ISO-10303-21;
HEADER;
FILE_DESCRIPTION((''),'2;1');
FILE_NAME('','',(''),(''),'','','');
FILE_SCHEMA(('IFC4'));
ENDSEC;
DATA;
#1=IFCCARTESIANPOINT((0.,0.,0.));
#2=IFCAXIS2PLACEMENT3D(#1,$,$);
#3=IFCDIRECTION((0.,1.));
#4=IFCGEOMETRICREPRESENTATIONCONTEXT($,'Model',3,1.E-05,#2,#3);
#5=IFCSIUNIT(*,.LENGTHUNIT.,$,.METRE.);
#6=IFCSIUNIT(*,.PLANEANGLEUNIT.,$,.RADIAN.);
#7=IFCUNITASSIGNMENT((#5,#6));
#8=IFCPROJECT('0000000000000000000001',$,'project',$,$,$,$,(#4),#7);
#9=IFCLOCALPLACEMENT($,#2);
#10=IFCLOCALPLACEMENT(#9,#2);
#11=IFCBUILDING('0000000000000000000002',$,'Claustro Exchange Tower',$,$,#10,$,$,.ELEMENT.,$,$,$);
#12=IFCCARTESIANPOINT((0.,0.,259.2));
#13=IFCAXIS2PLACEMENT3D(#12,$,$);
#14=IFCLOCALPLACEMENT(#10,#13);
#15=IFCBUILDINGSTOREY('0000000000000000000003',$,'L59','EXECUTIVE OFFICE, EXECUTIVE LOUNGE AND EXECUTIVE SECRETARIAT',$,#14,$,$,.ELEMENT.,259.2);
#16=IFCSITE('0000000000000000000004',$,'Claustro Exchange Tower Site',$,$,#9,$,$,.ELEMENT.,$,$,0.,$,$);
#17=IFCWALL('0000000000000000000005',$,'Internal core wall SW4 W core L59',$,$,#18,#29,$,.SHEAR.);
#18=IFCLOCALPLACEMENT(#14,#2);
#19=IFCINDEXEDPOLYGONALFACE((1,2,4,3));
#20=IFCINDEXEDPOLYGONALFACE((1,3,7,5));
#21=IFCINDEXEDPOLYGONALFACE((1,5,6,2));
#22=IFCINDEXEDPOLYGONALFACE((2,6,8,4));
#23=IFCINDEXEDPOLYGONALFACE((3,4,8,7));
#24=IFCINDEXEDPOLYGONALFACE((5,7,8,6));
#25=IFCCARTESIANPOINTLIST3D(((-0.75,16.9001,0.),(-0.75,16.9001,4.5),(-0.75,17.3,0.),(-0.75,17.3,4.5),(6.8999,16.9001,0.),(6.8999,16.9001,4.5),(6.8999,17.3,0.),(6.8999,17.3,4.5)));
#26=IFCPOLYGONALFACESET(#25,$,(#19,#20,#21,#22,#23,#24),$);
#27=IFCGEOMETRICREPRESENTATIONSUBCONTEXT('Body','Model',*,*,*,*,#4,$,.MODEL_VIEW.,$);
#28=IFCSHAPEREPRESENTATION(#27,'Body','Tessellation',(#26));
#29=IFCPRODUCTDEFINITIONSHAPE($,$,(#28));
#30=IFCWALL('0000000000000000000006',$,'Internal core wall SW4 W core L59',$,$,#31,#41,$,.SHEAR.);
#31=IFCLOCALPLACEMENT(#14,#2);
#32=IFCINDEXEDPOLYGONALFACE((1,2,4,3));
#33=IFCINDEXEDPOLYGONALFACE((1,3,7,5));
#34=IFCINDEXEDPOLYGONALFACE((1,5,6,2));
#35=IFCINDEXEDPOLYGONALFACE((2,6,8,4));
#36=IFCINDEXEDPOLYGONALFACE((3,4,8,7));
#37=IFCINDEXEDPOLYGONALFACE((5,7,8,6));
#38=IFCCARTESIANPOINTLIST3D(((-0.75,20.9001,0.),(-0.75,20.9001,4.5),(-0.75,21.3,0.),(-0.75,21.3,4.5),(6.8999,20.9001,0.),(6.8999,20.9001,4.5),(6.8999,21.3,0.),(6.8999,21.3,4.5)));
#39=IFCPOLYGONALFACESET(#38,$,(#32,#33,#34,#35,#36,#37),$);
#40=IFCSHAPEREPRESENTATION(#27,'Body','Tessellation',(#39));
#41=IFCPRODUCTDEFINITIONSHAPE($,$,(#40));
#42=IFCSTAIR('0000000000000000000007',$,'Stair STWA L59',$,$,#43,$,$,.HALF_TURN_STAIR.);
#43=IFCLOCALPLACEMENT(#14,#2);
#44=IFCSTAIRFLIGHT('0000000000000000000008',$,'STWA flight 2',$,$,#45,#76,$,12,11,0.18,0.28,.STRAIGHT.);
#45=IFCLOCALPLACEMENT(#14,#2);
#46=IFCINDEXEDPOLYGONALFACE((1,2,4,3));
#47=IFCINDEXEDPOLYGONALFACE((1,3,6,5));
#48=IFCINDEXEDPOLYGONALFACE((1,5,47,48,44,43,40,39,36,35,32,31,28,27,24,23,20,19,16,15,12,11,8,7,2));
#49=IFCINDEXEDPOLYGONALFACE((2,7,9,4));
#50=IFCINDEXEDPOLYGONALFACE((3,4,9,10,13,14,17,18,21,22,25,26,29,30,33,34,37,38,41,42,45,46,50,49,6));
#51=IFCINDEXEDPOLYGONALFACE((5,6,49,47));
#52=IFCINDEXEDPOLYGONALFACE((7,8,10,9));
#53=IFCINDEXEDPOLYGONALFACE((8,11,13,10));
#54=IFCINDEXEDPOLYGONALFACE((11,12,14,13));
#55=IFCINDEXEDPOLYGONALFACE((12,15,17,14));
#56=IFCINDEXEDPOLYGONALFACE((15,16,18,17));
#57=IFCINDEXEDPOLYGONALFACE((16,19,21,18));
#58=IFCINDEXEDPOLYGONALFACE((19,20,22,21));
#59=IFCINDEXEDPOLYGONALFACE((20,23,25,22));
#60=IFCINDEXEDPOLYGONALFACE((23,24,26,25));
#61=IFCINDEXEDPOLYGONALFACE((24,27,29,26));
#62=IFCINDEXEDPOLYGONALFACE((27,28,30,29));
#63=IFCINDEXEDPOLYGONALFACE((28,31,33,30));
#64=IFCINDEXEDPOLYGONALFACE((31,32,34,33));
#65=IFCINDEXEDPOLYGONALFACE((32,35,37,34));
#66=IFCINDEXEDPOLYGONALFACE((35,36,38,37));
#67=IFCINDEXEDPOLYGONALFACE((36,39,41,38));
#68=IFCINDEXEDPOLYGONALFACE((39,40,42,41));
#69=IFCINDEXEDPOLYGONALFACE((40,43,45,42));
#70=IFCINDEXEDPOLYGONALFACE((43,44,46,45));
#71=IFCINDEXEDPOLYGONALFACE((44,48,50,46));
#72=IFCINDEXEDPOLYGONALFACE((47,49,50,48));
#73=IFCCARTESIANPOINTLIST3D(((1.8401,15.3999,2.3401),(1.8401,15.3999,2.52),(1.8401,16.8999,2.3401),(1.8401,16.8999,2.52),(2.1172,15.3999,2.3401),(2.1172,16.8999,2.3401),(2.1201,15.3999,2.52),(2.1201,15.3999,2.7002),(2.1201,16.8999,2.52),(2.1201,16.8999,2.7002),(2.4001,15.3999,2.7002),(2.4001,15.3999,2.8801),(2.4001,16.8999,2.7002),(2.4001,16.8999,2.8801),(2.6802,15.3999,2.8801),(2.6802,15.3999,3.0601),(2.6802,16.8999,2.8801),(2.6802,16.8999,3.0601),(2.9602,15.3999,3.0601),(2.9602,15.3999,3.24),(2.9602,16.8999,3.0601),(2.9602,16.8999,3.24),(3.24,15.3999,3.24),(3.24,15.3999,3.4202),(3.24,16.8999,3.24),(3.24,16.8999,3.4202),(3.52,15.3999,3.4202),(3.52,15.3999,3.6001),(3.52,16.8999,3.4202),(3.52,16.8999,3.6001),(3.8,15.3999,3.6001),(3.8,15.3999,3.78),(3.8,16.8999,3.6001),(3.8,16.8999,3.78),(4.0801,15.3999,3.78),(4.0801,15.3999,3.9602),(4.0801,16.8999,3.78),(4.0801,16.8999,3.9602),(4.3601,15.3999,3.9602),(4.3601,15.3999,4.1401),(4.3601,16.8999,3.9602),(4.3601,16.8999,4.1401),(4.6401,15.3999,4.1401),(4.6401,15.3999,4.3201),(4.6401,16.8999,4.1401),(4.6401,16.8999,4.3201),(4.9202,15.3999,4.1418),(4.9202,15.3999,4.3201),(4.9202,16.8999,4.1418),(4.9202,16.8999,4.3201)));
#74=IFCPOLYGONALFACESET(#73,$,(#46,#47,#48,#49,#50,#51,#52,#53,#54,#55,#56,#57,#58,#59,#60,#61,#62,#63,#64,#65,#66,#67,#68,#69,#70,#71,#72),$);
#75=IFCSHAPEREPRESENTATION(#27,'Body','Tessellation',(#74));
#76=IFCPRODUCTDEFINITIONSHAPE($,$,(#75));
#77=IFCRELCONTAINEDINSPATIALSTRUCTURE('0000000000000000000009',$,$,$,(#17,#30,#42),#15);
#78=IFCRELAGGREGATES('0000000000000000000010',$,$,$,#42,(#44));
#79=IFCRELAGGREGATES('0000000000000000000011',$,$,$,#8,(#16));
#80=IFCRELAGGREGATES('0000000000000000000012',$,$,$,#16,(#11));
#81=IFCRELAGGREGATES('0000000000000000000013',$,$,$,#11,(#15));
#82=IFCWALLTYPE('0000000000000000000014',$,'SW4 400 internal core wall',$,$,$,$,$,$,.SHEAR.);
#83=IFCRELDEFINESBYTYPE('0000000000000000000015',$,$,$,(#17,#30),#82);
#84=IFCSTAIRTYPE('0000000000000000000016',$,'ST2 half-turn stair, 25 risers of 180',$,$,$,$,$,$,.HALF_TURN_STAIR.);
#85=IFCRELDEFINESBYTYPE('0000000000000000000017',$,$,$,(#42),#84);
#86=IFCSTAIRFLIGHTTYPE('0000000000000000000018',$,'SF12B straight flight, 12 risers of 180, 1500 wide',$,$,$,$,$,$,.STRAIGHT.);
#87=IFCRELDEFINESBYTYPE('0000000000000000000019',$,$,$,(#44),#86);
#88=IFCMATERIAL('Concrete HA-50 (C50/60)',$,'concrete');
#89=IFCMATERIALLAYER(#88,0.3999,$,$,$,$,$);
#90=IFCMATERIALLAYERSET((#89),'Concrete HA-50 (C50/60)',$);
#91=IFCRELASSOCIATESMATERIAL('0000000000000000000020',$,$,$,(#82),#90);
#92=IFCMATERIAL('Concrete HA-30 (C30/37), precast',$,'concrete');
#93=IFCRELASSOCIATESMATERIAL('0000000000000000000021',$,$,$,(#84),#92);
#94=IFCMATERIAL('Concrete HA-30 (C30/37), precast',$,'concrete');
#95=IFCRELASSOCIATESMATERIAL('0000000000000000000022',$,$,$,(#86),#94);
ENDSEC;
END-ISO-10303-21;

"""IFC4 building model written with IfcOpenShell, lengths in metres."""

from ifc_helpers import new_model, si_unit, direction, frame, frame_2d, origin, place, context, subcontext, project, spatial, polyline, rectangle, outline, extrude, material, layer, layer_set, type_object, element, aggregate, save


model = new_model("IFC4")

# Units and contexts
model_context = context("Model", 3, precision=1e-05, world=origin(), true_north=direction((0.0, 1.0)))
body_context = subcontext(model_context, "Body", "Model", "MODEL_VIEW")
ifc_project = project(units=[si_unit("LENGTHUNIT", "METRE"), si_unit("PLANEANGLEUNIT", "RADIAN")], contexts=[model_context])

# Site, building, storey
site_placement = place(None, origin())
site = spatial("IfcSite", under=ifc_project, at=site_placement, Name="Claustro Exchange Tower Site", CompositionType="ELEMENT", RefElevation=0.0)
building_placement = place(site_placement, origin())
building = spatial("IfcBuilding", under=site, at=building_placement, Name="Claustro Exchange Tower", CompositionType="ELEMENT")
storey_placement = place(building_placement, frame((0.0, 0.0, 259.2)))
storey = spatial("IfcBuildingStorey", under=building, at=storey_placement, Name="L59", Description="EXECUTIVE OFFICE, EXECUTIVE LOUNGE AND EXECUTIVE SECRETARIAT", CompositionType="ELEMENT", Elevation=259.2)

# Walls
ifc_material_1 = material(Name="Concrete HA-50 (C50/60)", Category="concrete")
ifc_layer_1 = layer(ifc_material_1, 0.3999)
ifc_layer_set_1 = layer_set([ifc_layer_1], Name="Concrete HA-50 (C50/60)")
wall_type_1 = type_object("IfcWallType", Name="SW4 400 internal core wall", PredefinedType="SHEAR", material=ifc_layer_set_1)
for number, where, z_axis, x_axis, name in (
    (1, (-0.75, 17.1001, 0.0), (0.0, 0.0, 1.0), (1.0, 0.0, 0.0), "Internal core wall SW4 W core L59"),
    (2, (-0.75, 21.1001, 0.0), (0.0, 0.0, 1.0), (1.0, 0.0, 0.0), "Internal core wall SW4 W core L59"),
):
    element("IfcWall", number, at=place(storey_placement, frame(where, z_axis=z_axis, x_axis=x_axis)), inside=storey, type_object=wall_type_1, Name=name, PredefinedType="SHEAR", context=body_context, shape_type="SweptSolid", body=[
        extrude(rectangle(XDim=7.6499, YDim=0.3999, at=frame_2d((3.825, 0.0))), origin(), (0.0, 0.0, 1.0), 4.5),
    ])

# Stair, stair flight
ifc_material_2 = material(Name="Concrete HA-30 (C30/37), precast", Category="concrete")
stair_type = type_object("IfcStairType", Name="ST2 half-turn stair, 25 risers of 180", PredefinedType="HALF_TURN_STAIR", material=ifc_material_2)
stair_placement = place(storey_placement, origin())
stair = element("IfcStair", 3, at=stair_placement, inside=storey, type_object=stair_type, Name="Stair STWA L59", PredefinedType="HALF_TURN_STAIR")
ifc_material_3 = material(Name="Concrete HA-30 (C30/37), precast", Category="concrete")
stair_flight_type = type_object("IfcStairFlightType", Name="SF12B straight flight, 12 risers of 180, 1500 wide", PredefinedType="STRAIGHT", material=ifc_material_3)
stair_flight_placement = place(storey_placement, frame((1.8401, 16.1499, 2.3401), z_axis=(0.0, 0.0, 1.0), x_axis=(1.0, 0.0, 0.0)))
stair_flight = element("IfcStairFlight", 4, at=stair_flight_placement, type_object=stair_flight_type, Name="STWA flight 2", NumberOfRisers=12, NumberOfTreads=11, PredefinedType="STRAIGHT", RiserHeight=0.18, TreadLength=0.28, context=body_context, shape_type="SweptSolid", body=[
    extrude(outline(polyline([(0.0, 0.0), (0.0, 0.1799), (0.28, 0.1799), (0.28, 0.3601), (0.5601, 0.3601), (0.5601, 0.54), (0.8401, 0.54), (0.8401, 0.72), (1.1201, 0.72), (1.1201, 0.8999), (1.3999, 0.8999), (1.3999, 1.0801), (1.6799, 1.0801), (1.6799, 1.26), (1.96, 1.26), (1.96, 1.4399), (2.24, 1.4399), (2.24, 1.6201), (2.52, 1.6201), (2.52, 1.8), (2.8, 1.8), (2.8, 1.98), (3.0801, 1.98), (3.0801, 2.1599), (3.0801, 1.8018), (0.2771, 0.0), (0.0, 0.0)])), frame((0.0, 0.75, 0.0), z_axis=(0.0, -1.0, 0.0), x_axis=(1.0, 0.0, 0.0)), (0.0, 0.0, 1.0), 1.5),
])
aggregate(stair, [stair_flight])

save(model, "model.ifc")
